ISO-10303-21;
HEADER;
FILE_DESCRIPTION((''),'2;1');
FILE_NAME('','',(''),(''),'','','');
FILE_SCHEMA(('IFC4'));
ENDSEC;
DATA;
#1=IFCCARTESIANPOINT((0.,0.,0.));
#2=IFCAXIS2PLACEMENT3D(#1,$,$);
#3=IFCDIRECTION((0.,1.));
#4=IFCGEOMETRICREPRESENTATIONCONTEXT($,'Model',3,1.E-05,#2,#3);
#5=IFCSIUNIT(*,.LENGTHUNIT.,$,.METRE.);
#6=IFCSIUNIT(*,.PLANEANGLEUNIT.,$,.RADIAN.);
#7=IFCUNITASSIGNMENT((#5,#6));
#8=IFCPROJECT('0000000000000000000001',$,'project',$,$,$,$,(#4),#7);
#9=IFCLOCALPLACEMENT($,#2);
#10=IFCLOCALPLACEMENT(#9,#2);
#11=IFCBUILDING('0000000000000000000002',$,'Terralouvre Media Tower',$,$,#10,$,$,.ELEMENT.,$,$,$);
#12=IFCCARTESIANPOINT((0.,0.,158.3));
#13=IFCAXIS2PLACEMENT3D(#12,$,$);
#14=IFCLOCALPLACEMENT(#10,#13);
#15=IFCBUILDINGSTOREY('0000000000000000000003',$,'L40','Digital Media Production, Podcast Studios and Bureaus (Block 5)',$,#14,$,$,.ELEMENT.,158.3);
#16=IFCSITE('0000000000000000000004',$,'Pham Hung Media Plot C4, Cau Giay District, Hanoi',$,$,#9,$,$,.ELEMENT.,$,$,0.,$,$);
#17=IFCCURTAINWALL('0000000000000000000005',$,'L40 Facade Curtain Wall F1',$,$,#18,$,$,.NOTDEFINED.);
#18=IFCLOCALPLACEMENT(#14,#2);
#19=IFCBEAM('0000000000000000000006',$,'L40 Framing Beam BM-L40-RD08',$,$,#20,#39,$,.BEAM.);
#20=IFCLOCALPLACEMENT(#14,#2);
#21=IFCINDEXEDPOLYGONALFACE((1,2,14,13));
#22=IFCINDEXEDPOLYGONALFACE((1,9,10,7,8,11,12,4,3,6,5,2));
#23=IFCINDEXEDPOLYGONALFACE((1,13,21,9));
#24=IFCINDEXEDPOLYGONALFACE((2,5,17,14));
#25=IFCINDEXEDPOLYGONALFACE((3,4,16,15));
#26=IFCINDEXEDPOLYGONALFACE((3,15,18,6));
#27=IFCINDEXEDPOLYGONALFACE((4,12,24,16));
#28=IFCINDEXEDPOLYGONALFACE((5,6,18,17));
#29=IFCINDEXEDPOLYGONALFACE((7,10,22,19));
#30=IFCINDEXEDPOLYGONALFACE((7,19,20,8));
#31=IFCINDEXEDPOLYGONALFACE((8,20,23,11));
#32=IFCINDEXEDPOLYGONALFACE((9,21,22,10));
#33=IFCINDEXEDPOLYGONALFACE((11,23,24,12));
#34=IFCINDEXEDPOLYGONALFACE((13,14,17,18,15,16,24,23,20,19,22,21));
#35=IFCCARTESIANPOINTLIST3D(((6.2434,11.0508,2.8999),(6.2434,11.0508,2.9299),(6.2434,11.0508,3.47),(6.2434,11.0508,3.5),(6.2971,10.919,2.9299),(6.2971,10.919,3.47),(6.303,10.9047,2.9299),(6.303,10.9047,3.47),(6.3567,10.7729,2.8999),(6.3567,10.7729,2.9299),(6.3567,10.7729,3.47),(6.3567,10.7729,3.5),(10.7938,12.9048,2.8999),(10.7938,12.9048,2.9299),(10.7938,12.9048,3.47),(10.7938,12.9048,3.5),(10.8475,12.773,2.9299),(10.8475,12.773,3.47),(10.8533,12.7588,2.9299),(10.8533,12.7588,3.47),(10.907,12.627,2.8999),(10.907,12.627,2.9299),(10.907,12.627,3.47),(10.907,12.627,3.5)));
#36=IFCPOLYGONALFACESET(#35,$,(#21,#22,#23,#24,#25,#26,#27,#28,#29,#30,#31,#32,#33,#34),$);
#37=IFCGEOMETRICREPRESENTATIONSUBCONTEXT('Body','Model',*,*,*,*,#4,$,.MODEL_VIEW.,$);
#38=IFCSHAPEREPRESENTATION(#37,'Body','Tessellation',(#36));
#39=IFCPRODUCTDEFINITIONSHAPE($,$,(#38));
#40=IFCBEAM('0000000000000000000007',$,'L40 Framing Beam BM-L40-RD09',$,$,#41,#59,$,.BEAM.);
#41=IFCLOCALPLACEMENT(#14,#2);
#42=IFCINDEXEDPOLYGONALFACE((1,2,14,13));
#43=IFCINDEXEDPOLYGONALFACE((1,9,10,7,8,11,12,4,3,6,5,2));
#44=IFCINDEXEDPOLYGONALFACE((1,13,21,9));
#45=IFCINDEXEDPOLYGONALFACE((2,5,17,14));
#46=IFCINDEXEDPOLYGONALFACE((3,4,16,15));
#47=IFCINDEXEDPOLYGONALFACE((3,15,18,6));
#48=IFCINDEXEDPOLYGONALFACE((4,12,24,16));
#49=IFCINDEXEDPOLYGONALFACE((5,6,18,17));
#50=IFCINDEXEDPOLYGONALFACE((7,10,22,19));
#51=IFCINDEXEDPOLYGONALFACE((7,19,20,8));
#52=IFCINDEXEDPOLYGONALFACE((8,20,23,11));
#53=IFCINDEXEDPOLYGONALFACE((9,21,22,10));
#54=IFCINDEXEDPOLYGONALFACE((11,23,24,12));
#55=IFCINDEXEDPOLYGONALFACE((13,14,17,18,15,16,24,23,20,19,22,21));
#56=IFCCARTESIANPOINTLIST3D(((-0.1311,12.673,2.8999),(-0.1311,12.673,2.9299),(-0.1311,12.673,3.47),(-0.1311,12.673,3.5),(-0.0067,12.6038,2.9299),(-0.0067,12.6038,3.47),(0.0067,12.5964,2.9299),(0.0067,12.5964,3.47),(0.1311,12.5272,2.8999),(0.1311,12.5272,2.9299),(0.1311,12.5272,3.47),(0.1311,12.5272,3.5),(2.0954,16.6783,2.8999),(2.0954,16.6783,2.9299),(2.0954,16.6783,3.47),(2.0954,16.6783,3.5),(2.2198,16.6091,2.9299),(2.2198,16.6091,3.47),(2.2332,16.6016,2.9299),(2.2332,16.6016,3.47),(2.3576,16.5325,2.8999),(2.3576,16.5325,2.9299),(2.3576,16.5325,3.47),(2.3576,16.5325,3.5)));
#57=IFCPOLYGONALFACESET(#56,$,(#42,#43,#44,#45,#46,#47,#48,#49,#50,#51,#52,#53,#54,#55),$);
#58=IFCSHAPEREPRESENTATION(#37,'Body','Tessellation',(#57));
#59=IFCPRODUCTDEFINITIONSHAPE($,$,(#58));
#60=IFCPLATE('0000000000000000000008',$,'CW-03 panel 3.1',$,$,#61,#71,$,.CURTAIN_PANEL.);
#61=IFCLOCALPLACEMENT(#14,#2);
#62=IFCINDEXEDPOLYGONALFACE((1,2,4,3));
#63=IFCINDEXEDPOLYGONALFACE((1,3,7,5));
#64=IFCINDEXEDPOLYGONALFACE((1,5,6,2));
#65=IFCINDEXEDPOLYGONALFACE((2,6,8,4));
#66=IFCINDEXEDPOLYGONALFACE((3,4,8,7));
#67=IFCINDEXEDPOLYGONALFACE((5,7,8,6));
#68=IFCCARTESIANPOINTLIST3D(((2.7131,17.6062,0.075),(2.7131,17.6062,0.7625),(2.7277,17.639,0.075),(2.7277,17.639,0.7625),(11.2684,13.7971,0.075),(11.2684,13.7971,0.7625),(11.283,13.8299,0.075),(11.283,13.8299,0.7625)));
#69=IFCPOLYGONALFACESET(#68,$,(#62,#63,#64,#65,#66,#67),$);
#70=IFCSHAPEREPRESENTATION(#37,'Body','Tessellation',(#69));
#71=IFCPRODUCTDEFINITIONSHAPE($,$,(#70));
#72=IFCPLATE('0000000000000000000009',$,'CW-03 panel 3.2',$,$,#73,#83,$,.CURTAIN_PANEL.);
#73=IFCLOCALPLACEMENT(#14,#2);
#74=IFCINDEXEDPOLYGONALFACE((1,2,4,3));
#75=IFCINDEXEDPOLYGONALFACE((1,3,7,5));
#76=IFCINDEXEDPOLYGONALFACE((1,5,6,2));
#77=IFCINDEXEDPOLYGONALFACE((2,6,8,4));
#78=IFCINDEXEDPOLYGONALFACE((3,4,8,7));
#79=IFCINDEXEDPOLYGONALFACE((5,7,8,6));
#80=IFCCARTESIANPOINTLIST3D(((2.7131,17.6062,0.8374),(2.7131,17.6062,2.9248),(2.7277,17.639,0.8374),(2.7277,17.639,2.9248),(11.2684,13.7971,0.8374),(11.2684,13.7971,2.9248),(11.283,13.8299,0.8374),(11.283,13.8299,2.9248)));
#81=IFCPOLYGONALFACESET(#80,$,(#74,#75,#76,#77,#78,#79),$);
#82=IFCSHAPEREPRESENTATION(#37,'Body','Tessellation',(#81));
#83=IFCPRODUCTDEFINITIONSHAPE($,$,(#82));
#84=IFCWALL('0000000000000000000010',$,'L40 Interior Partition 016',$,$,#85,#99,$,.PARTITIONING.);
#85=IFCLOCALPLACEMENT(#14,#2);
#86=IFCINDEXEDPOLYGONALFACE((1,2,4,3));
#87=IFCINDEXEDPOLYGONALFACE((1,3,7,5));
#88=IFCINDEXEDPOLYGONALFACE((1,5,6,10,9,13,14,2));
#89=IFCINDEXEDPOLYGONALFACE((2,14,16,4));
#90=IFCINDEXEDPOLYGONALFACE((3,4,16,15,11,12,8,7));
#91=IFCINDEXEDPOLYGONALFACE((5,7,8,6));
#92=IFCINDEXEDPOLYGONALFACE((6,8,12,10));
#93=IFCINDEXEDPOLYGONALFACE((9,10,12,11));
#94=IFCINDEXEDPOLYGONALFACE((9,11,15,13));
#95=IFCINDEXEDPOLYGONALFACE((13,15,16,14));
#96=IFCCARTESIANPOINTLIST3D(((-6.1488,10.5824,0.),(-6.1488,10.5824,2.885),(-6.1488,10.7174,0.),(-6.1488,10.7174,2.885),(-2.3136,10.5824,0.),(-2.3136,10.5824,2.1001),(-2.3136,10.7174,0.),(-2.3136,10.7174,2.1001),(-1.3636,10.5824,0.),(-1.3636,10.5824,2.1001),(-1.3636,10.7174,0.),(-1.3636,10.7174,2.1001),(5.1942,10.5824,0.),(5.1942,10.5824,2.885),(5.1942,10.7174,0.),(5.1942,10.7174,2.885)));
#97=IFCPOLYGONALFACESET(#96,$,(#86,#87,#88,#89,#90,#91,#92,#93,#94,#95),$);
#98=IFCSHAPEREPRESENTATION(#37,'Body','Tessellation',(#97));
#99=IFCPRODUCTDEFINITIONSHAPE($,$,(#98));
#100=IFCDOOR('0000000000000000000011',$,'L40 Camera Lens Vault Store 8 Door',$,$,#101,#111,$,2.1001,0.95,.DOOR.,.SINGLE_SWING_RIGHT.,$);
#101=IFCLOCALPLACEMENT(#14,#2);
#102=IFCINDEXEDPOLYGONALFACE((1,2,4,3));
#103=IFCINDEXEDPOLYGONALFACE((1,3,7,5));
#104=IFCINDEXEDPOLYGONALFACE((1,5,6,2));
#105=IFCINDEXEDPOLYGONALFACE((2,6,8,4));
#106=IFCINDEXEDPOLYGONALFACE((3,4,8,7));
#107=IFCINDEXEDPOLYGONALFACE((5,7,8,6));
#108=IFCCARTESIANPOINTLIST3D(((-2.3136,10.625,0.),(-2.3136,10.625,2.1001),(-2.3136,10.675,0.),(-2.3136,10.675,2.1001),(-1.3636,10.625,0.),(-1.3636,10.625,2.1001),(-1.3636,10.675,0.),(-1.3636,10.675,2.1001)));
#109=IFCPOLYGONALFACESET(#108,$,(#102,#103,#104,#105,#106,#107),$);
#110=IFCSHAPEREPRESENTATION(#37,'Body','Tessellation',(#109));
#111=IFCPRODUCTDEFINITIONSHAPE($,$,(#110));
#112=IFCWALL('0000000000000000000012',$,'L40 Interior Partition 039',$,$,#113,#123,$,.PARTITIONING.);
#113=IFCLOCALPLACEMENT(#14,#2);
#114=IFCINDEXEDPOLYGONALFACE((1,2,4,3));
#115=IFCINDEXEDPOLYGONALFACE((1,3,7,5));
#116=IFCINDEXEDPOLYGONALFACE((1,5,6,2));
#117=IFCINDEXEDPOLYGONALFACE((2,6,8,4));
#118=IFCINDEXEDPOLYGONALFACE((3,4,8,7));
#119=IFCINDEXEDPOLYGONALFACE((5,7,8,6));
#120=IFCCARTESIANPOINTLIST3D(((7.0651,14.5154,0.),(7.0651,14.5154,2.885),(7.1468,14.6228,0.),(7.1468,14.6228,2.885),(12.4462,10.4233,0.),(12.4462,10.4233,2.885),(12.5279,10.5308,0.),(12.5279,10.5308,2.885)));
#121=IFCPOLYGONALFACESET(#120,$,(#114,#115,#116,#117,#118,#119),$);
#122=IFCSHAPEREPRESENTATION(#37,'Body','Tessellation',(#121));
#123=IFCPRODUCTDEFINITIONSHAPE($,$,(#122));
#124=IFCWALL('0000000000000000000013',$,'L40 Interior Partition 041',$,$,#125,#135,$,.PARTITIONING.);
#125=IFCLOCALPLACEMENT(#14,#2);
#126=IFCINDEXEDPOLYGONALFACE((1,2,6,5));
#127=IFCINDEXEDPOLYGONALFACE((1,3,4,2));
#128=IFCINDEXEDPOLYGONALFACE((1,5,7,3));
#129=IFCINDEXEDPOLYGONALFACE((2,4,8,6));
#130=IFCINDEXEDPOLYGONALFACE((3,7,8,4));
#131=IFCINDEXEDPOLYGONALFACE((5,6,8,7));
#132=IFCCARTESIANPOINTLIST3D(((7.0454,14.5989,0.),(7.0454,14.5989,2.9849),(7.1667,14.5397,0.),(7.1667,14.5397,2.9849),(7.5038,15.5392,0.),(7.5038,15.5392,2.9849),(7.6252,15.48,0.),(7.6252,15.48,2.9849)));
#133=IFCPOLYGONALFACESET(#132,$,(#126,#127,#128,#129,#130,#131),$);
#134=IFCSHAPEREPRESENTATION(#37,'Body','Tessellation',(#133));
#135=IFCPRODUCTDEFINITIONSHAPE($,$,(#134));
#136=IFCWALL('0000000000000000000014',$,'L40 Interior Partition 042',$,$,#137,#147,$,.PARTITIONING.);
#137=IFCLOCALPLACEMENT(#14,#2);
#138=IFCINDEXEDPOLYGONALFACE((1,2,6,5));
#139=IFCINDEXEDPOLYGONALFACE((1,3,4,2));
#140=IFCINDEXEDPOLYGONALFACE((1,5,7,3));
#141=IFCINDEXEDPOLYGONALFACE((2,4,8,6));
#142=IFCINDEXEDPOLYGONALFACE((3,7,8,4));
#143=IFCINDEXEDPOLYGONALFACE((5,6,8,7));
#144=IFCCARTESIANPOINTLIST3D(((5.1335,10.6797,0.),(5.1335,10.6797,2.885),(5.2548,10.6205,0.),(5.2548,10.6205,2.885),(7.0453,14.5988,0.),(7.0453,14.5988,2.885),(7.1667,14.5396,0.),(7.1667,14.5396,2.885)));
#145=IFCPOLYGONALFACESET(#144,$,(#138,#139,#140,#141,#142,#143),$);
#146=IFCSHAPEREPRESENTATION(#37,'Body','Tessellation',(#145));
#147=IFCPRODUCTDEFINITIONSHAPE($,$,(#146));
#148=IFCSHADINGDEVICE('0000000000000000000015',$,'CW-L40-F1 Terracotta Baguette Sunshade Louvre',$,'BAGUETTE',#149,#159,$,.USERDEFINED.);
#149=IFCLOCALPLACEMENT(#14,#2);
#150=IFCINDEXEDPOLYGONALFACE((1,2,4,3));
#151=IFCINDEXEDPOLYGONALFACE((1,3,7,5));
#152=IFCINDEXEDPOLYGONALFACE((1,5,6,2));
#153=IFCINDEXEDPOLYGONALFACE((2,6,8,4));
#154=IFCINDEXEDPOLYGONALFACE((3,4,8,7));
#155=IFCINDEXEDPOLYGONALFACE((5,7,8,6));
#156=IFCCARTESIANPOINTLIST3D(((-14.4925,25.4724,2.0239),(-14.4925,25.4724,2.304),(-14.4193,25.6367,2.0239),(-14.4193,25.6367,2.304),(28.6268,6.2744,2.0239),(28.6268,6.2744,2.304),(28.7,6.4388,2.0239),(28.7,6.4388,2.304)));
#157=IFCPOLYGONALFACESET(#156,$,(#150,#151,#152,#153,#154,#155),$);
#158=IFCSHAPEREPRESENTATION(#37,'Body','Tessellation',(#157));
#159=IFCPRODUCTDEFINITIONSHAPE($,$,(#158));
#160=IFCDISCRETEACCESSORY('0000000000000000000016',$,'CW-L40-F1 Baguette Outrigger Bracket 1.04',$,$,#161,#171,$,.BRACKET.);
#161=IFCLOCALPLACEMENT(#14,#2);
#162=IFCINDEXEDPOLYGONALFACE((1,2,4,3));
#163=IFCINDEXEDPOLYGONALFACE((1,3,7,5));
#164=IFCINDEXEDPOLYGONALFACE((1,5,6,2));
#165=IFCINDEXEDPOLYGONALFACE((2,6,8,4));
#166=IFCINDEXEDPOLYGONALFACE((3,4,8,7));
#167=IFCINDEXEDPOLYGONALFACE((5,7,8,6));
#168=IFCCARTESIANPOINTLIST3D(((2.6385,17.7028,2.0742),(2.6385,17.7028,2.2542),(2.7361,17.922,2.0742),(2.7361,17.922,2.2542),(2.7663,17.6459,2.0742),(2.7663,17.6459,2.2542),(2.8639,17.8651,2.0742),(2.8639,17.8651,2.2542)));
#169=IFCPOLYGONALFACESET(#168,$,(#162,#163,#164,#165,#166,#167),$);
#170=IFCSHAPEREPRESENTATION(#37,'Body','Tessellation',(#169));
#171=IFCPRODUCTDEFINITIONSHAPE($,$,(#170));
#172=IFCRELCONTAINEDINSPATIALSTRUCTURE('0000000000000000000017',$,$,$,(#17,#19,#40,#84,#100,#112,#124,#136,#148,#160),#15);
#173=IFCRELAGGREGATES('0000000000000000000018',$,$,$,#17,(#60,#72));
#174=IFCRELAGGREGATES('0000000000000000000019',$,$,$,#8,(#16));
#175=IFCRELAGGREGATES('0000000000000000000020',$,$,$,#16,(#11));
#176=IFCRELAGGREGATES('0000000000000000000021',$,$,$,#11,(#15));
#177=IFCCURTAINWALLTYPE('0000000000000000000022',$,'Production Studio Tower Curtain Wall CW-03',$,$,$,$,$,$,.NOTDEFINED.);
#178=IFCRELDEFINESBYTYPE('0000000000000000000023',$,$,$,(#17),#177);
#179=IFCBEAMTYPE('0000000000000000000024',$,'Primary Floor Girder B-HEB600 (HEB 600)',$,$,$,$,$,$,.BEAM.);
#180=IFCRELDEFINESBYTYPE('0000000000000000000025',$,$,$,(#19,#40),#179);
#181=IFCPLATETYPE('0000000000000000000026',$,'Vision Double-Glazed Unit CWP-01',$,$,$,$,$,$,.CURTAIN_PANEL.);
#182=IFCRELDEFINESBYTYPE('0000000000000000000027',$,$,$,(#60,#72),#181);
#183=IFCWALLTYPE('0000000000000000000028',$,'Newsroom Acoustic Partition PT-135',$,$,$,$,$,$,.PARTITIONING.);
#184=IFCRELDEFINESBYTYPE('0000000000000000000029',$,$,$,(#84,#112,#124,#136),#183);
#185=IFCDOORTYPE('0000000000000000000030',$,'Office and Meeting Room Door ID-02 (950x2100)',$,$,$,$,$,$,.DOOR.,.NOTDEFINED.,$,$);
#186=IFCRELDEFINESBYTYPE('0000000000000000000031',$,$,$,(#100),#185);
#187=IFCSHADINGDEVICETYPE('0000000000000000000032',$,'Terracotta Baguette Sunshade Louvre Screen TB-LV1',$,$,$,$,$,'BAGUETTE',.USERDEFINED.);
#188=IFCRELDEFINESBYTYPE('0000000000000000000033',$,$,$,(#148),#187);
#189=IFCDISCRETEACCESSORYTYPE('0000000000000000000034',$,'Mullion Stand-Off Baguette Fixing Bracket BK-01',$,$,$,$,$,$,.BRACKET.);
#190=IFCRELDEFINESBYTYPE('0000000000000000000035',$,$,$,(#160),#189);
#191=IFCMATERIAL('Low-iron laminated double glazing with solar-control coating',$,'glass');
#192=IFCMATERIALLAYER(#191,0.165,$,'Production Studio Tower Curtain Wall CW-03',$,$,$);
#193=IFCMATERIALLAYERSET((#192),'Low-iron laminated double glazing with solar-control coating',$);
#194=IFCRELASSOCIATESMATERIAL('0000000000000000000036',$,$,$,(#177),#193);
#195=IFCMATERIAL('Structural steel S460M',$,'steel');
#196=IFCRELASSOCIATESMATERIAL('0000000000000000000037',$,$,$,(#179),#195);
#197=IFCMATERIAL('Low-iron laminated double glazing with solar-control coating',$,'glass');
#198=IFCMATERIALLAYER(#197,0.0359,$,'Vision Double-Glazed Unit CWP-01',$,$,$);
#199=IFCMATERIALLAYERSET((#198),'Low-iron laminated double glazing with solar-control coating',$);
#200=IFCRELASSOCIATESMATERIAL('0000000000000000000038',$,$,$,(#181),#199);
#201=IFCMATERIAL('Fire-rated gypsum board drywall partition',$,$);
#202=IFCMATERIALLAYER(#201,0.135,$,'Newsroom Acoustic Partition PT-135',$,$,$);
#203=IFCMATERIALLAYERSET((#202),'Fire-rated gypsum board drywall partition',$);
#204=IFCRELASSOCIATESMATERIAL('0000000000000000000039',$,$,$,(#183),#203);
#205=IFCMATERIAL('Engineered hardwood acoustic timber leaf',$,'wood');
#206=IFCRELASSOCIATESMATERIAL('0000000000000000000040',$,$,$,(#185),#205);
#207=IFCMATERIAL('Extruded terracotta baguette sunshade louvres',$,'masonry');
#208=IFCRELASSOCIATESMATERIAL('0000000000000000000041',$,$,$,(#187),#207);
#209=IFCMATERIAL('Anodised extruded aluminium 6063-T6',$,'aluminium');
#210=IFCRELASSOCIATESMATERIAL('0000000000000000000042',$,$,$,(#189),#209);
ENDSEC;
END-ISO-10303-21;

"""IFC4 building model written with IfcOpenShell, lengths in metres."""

from ifc_helpers import new_model, si_unit, direction, frame, frame_2d, origin, origin_2d, place, context, subcontext, project, spatial, rectangle, i_section, extrude, material, layer, layer_set, material_profile, profile_set, type_object, element, fill, aggregate, save


model = new_model("IFC4")

# Units and contexts
model_context = context("Model", 3, precision=1e-05, world=origin(), true_north=direction((0.0, 1.0)))
body_context = subcontext(model_context, "Body", "Model", "MODEL_VIEW")
ifc_project = project(units=[si_unit("LENGTHUNIT", "METRE"), si_unit("PLANEANGLEUNIT", "RADIAN")], contexts=[model_context])

# Site, building, storey
site_placement = place(None, origin())
site = spatial("IfcSite", under=ifc_project, at=site_placement, Name="Pham Hung Media Plot C4, Cau Giay District, Hanoi", CompositionType="ELEMENT", RefElevation=0.0)
building_placement = place(site_placement, origin())
building = spatial("IfcBuilding", under=site, at=building_placement, Name="Terralouvre Media Tower", CompositionType="ELEMENT")
storey_placement = place(building_placement, frame((0.0, 0.0, 158.3)))
storey = spatial("IfcBuildingStorey", under=building, at=storey_placement, Name="L40", Description="Digital Media Production, Podcast Studios and Bureaus (Block 5)", CompositionType="ELEMENT", Elevation=158.3)

# Curtain wall
ifc_material_1 = material(Name="Low-iron laminated double glazing with solar-control coating", Category="glass")
ifc_layer_1 = layer(ifc_material_1, 0.165, Name="Production Studio Tower Curtain Wall CW-03")
ifc_layer_set_1 = layer_set([ifc_layer_1], Name="Low-iron laminated double glazing with solar-control coating")
curtain_wall_type = type_object("IfcCurtainWallType", Name="Production Studio Tower Curtain Wall CW-03", PredefinedType="NOTDEFINED", material=ifc_layer_set_1)
curtain_wall_placement = place(storey_placement, origin())
curtain_wall = element("IfcCurtainWall", 1, at=curtain_wall_placement, inside=storey, type_object=curtain_wall_type, Name="L40 Facade Curtain Wall F1", PredefinedType="NOTDEFINED")

# Beams
ifc_material_2 = material(Name="Structural steel S460M", Category="steel")
ifc_material_profile_1 = material_profile(ifc_material_2, i_section(OverallWidth=0.3, OverallDepth=0.6001, WebThickness=0.0154, FlangeThickness=0.03, at=origin_2d()), Name="HEB 600")
ifc_profile_set_1 = profile_set([ifc_material_profile_1], Name="Structural steel S460M")
beam_type_1 = type_object("IfcBeamType", Name="Primary Floor Girder B-HEB600 (HEB 600)", PredefinedType="BEAM", material=ifc_profile_set_1)
beam_1_placement = place(storey_placement, frame((6.3, 10.9119, 3.2), z_axis=(0.926079, 0.377328, 0.0), x_axis=(-0.377328, 0.926079, 0.0)))
element("IfcBeam", 2, at=beam_1_placement, inside=storey, type_object=beam_type_1, Name="L40 Framing Beam BM-L40-RD08", PredefinedType="BEAM", context=body_context, shape_type="SweptSolid", body=[
    extrude(i_section(OverallWidth=0.3, OverallDepth=0.6001, WebThickness=0.0154, FlangeThickness=0.03, at=origin_2d()), origin(), (0.0, 0.0, 1.0), 4.9136),
])
beam_2_placement = place(storey_placement, frame((0.0, 12.6001, 3.2), z_axis=(0.485869, 0.874032, 0.0), x_axis=(-0.874032, 0.485869, 0.0)))
element("IfcBeam", 3, at=beam_2_placement, inside=storey, type_object=beam_type_1, Name="L40 Framing Beam BM-L40-RD09", PredefinedType="BEAM", context=body_context, shape_type="SweptSolid", body=[
    extrude(i_section(OverallWidth=0.3, OverallDepth=0.6001, WebThickness=0.0154, FlangeThickness=0.03, at=origin_2d()), origin(), (0.0, 0.0, 1.0), 4.5825),
])

# Plates
ifc_material_3 = material(Name="Low-iron laminated double glazing with solar-control coating", Category="glass")
ifc_layer_2 = layer(ifc_material_3, 0.0359, Name="Vision Double-Glazed Unit CWP-01")
ifc_layer_set_2 = layer_set([ifc_layer_2], Name="Low-iron laminated double glazing with solar-control coating")
plate_type = type_object("IfcPlateType", Name="Vision Double-Glazed Unit CWP-01", PredefinedType="CURTAIN_PANEL", material=ifc_layer_set_2)
plate_1_placement = place(storey_placement, frame((6.998, 15.718, 0.075), z_axis=(0.0, 0.0, 1.0), x_axis=(-0.913545, 0.406737, 0.0)))
plate_1 = element("IfcPlate", 4, at=plate_1_placement, type_object=plate_type, Name="CW-03 panel 3.1", PredefinedType="CURTAIN_PANEL", context=body_context, shape_type="SweptSolid", body=[
    extrude(rectangle(XDim=9.365, YDim=0.0359, at=origin_2d()), origin(), (0.0, 0.0, 1.0), 0.6875),
])
plate_2_placement = place(storey_placement, frame((6.998, 15.718, 0.8374), z_axis=(0.0, 0.0, 1.0), x_axis=(-0.913545, 0.406737, 0.0)))
plate_2 = element("IfcPlate", 5, at=plate_2_placement, type_object=plate_type, Name="CW-03 panel 3.2", PredefinedType="CURTAIN_PANEL", context=body_context, shape_type="SweptSolid", body=[
    extrude(rectangle(XDim=9.365, YDim=0.0359, at=origin_2d()), origin(), (0.0, 0.0, 1.0), 2.0874),
])
aggregate(curtain_wall, [plate_1, plate_2])

# Wall, opening, door
ifc_material_4 = material(Name="Fire-rated gypsum board drywall partition")
ifc_layer_3 = layer(ifc_material_4, 0.135, Name="Newsroom Acoustic Partition PT-135")
ifc_layer_set_3 = layer_set([ifc_layer_3], Name="Fire-rated gypsum board drywall partition")
wall_type = type_object("IfcWallType", Name="Newsroom Acoustic Partition PT-135", PredefinedType="PARTITIONING", material=ifc_layer_set_3)
wall_1_placement = place(storey_placement, frame((5.1941, 10.6499, 0.0), z_axis=(0.0, 0.0, 1.0), x_axis=(-1.0, 0.0, 0.0)))
wall_1 = element("IfcWall", 6, at=wall_1_placement, inside=storey, type_object=wall_type, Name="L40 Interior Partition 016", PredefinedType="PARTITIONING", context=body_context, shape_type="SweptSolid", body=[
    extrude(rectangle(XDim=11.343, YDim=0.135, at=frame_2d((5.6714, 0.0))), origin(), (0.0, 0.0, 1.0), 2.885),
])
opening_placement = place(wall_1_placement, frame((6.5576, 0.0, 0.0)))
opening = element("IfcOpeningElement", 7, at=opening_placement, cuts=wall_1, PredefinedType="OPENING", context=body_context, shape_type="SweptSolid", body=[
    extrude(rectangle(XDim=0.95, YDim=2.1001, at=frame_2d((0.4751, 1.05))), frame((0.0, 0.0774, 0.0), z_axis=(0.0, -1.0, 0.0), x_axis=(1.0, 0.0, 0.0)), (0.0, 0.0, 1.0), 0.155),
])
ifc_material_5 = material(Name="Engineered hardwood acoustic timber leaf", Category="wood")
door_type = type_object("IfcDoorType", Name="Office and Meeting Room Door ID-02 (950x2100)", OperationType="NOTDEFINED", PredefinedType="DOOR", material=ifc_material_5)
door_placement = place(opening_placement, origin())
door = element("IfcDoor", 8, at=door_placement, inside=storey, type_object=door_type, Name="L40 Camera Lens Vault Store 8 Door", OperationType="SINGLE_SWING_RIGHT", OverallHeight=2.1001, OverallWidth=0.95, PredefinedType="DOOR", context=body_context, shape_type="SweptSolid", body=[
    extrude(rectangle(XDim=0.95, YDim=2.1001, at=frame_2d((0.4751, 1.05))), frame((0.0, 0.0249, 0.0), z_axis=(0.0, -1.0, 0.0), x_axis=(1.0, 0.0, 0.0)), (0.0, 0.0, 1.0), 0.05),
])
fill(opening, door)

# Walls
wall_2_placement = place(storey_placement, frame((7.106, 14.5691, 0.0), z_axis=(0.0, 0.0, 1.0), x_axis=(0.795991, -0.605308, 0.0)))
element("IfcWall", 9, at=wall_2_placement, inside=storey, type_object=wall_type, Name="L40 Interior Partition 039", PredefinedType="PARTITIONING", context=body_context, shape_type="SweptSolid", body=[
    extrude(rectangle(XDim=6.7603, YDim=0.135, at=frame_2d((3.3801, 0.0))), origin(), (0.0, 0.0, 1.0), 2.885),
])
wall_3_placement = place(storey_placement, frame((7.5645, 15.5095, 0.0), z_axis=(0.0, 0.0, 1.0), x_axis=(-0.438231, -0.898863, 0.0)))
element("IfcWall", 10, at=wall_3_placement, inside=storey, type_object=wall_type, Name="L40 Interior Partition 041", PredefinedType="PARTITIONING", context=body_context, shape_type="SweptSolid", body=[
    extrude(rectangle(XDim=1.0461, YDim=0.135, at=frame_2d((0.5229, 0.0))), origin(), (0.0, 0.0, 1.0), 2.9849),
])
wall_4_placement = place(storey_placement, frame((7.106, 14.5691, 0.0), z_axis=(0.0, 0.0, 1.0), x_axis=(-0.438436, -0.898763, 0.0)))
element("IfcWall", 11, at=wall_4_placement, inside=storey, type_object=wall_type, Name="L40 Interior Partition 042", PredefinedType="PARTITIONING", context=body_context, shape_type="SweptSolid", body=[
    extrude(rectangle(XDim=4.3606, YDim=0.135, at=frame_2d((2.1802, 0.0))), origin(), (0.0, 0.0, 1.0), 2.885),
])

# Shading device
ifc_material_6 = material(Name="Extruded terracotta baguette sunshade louvres", Category="masonry")
shading_device_type = type_object("IfcShadingDeviceType", Name="Terracotta Baguette Sunshade Louvre Screen TB-LV1", ElementType="BAGUETTE", PredefinedType="USERDEFINED", material=ifc_material_6)
shading_device_placement = place(storey_placement, frame((7.1038, 15.9556, 2.0239), z_axis=(0.0, 0.0, 1.0), x_axis=(-0.913545, 0.406737, 0.0)))
element("IfcShadingDevice", 12, at=shading_device_placement, inside=storey, type_object=shading_device_type, Name="CW-L40-F1 Terracotta Baguette Sunshade Louvre", ObjectType="BAGUETTE", PredefinedType="USERDEFINED", context=body_context, shape_type="SweptSolid", body=[
    extrude(rectangle(XDim=47.2, YDim=0.1799, at=origin_2d()), origin(), (0.0, 0.0, 1.0), 0.28),
])

# Discrete accessory
ifc_material_7 = material(Name="Anodised extruded aluminium 6063-T6", Category="aluminium")
discrete_accessory_type = type_object("IfcDiscreteAccessoryType", Name="Mullion Stand-Off Baguette Fixing Bracket BK-01", PredefinedType="BRACKET", material=ifc_material_7)
discrete_accessory_placement = place(storey_placement, frame((2.7512, 17.7839, 2.0742), z_axis=(0.0, 0.0, 1.0), x_axis=(-0.913545, 0.406737, 0.0)))
element("IfcDiscreteAccessory", 13, at=discrete_accessory_placement, inside=storey, type_object=discrete_accessory_type, Name="CW-L40-F1 Baguette Outrigger Bracket 1.04", PredefinedType="BRACKET", context=body_context, shape_type="SweptSolid", body=[
    extrude(rectangle(XDim=0.1399, YDim=0.24, at=origin_2d()), origin(), (0.0, 0.0, 1.0), 0.1799),
])

save(model, "model.ifc")
